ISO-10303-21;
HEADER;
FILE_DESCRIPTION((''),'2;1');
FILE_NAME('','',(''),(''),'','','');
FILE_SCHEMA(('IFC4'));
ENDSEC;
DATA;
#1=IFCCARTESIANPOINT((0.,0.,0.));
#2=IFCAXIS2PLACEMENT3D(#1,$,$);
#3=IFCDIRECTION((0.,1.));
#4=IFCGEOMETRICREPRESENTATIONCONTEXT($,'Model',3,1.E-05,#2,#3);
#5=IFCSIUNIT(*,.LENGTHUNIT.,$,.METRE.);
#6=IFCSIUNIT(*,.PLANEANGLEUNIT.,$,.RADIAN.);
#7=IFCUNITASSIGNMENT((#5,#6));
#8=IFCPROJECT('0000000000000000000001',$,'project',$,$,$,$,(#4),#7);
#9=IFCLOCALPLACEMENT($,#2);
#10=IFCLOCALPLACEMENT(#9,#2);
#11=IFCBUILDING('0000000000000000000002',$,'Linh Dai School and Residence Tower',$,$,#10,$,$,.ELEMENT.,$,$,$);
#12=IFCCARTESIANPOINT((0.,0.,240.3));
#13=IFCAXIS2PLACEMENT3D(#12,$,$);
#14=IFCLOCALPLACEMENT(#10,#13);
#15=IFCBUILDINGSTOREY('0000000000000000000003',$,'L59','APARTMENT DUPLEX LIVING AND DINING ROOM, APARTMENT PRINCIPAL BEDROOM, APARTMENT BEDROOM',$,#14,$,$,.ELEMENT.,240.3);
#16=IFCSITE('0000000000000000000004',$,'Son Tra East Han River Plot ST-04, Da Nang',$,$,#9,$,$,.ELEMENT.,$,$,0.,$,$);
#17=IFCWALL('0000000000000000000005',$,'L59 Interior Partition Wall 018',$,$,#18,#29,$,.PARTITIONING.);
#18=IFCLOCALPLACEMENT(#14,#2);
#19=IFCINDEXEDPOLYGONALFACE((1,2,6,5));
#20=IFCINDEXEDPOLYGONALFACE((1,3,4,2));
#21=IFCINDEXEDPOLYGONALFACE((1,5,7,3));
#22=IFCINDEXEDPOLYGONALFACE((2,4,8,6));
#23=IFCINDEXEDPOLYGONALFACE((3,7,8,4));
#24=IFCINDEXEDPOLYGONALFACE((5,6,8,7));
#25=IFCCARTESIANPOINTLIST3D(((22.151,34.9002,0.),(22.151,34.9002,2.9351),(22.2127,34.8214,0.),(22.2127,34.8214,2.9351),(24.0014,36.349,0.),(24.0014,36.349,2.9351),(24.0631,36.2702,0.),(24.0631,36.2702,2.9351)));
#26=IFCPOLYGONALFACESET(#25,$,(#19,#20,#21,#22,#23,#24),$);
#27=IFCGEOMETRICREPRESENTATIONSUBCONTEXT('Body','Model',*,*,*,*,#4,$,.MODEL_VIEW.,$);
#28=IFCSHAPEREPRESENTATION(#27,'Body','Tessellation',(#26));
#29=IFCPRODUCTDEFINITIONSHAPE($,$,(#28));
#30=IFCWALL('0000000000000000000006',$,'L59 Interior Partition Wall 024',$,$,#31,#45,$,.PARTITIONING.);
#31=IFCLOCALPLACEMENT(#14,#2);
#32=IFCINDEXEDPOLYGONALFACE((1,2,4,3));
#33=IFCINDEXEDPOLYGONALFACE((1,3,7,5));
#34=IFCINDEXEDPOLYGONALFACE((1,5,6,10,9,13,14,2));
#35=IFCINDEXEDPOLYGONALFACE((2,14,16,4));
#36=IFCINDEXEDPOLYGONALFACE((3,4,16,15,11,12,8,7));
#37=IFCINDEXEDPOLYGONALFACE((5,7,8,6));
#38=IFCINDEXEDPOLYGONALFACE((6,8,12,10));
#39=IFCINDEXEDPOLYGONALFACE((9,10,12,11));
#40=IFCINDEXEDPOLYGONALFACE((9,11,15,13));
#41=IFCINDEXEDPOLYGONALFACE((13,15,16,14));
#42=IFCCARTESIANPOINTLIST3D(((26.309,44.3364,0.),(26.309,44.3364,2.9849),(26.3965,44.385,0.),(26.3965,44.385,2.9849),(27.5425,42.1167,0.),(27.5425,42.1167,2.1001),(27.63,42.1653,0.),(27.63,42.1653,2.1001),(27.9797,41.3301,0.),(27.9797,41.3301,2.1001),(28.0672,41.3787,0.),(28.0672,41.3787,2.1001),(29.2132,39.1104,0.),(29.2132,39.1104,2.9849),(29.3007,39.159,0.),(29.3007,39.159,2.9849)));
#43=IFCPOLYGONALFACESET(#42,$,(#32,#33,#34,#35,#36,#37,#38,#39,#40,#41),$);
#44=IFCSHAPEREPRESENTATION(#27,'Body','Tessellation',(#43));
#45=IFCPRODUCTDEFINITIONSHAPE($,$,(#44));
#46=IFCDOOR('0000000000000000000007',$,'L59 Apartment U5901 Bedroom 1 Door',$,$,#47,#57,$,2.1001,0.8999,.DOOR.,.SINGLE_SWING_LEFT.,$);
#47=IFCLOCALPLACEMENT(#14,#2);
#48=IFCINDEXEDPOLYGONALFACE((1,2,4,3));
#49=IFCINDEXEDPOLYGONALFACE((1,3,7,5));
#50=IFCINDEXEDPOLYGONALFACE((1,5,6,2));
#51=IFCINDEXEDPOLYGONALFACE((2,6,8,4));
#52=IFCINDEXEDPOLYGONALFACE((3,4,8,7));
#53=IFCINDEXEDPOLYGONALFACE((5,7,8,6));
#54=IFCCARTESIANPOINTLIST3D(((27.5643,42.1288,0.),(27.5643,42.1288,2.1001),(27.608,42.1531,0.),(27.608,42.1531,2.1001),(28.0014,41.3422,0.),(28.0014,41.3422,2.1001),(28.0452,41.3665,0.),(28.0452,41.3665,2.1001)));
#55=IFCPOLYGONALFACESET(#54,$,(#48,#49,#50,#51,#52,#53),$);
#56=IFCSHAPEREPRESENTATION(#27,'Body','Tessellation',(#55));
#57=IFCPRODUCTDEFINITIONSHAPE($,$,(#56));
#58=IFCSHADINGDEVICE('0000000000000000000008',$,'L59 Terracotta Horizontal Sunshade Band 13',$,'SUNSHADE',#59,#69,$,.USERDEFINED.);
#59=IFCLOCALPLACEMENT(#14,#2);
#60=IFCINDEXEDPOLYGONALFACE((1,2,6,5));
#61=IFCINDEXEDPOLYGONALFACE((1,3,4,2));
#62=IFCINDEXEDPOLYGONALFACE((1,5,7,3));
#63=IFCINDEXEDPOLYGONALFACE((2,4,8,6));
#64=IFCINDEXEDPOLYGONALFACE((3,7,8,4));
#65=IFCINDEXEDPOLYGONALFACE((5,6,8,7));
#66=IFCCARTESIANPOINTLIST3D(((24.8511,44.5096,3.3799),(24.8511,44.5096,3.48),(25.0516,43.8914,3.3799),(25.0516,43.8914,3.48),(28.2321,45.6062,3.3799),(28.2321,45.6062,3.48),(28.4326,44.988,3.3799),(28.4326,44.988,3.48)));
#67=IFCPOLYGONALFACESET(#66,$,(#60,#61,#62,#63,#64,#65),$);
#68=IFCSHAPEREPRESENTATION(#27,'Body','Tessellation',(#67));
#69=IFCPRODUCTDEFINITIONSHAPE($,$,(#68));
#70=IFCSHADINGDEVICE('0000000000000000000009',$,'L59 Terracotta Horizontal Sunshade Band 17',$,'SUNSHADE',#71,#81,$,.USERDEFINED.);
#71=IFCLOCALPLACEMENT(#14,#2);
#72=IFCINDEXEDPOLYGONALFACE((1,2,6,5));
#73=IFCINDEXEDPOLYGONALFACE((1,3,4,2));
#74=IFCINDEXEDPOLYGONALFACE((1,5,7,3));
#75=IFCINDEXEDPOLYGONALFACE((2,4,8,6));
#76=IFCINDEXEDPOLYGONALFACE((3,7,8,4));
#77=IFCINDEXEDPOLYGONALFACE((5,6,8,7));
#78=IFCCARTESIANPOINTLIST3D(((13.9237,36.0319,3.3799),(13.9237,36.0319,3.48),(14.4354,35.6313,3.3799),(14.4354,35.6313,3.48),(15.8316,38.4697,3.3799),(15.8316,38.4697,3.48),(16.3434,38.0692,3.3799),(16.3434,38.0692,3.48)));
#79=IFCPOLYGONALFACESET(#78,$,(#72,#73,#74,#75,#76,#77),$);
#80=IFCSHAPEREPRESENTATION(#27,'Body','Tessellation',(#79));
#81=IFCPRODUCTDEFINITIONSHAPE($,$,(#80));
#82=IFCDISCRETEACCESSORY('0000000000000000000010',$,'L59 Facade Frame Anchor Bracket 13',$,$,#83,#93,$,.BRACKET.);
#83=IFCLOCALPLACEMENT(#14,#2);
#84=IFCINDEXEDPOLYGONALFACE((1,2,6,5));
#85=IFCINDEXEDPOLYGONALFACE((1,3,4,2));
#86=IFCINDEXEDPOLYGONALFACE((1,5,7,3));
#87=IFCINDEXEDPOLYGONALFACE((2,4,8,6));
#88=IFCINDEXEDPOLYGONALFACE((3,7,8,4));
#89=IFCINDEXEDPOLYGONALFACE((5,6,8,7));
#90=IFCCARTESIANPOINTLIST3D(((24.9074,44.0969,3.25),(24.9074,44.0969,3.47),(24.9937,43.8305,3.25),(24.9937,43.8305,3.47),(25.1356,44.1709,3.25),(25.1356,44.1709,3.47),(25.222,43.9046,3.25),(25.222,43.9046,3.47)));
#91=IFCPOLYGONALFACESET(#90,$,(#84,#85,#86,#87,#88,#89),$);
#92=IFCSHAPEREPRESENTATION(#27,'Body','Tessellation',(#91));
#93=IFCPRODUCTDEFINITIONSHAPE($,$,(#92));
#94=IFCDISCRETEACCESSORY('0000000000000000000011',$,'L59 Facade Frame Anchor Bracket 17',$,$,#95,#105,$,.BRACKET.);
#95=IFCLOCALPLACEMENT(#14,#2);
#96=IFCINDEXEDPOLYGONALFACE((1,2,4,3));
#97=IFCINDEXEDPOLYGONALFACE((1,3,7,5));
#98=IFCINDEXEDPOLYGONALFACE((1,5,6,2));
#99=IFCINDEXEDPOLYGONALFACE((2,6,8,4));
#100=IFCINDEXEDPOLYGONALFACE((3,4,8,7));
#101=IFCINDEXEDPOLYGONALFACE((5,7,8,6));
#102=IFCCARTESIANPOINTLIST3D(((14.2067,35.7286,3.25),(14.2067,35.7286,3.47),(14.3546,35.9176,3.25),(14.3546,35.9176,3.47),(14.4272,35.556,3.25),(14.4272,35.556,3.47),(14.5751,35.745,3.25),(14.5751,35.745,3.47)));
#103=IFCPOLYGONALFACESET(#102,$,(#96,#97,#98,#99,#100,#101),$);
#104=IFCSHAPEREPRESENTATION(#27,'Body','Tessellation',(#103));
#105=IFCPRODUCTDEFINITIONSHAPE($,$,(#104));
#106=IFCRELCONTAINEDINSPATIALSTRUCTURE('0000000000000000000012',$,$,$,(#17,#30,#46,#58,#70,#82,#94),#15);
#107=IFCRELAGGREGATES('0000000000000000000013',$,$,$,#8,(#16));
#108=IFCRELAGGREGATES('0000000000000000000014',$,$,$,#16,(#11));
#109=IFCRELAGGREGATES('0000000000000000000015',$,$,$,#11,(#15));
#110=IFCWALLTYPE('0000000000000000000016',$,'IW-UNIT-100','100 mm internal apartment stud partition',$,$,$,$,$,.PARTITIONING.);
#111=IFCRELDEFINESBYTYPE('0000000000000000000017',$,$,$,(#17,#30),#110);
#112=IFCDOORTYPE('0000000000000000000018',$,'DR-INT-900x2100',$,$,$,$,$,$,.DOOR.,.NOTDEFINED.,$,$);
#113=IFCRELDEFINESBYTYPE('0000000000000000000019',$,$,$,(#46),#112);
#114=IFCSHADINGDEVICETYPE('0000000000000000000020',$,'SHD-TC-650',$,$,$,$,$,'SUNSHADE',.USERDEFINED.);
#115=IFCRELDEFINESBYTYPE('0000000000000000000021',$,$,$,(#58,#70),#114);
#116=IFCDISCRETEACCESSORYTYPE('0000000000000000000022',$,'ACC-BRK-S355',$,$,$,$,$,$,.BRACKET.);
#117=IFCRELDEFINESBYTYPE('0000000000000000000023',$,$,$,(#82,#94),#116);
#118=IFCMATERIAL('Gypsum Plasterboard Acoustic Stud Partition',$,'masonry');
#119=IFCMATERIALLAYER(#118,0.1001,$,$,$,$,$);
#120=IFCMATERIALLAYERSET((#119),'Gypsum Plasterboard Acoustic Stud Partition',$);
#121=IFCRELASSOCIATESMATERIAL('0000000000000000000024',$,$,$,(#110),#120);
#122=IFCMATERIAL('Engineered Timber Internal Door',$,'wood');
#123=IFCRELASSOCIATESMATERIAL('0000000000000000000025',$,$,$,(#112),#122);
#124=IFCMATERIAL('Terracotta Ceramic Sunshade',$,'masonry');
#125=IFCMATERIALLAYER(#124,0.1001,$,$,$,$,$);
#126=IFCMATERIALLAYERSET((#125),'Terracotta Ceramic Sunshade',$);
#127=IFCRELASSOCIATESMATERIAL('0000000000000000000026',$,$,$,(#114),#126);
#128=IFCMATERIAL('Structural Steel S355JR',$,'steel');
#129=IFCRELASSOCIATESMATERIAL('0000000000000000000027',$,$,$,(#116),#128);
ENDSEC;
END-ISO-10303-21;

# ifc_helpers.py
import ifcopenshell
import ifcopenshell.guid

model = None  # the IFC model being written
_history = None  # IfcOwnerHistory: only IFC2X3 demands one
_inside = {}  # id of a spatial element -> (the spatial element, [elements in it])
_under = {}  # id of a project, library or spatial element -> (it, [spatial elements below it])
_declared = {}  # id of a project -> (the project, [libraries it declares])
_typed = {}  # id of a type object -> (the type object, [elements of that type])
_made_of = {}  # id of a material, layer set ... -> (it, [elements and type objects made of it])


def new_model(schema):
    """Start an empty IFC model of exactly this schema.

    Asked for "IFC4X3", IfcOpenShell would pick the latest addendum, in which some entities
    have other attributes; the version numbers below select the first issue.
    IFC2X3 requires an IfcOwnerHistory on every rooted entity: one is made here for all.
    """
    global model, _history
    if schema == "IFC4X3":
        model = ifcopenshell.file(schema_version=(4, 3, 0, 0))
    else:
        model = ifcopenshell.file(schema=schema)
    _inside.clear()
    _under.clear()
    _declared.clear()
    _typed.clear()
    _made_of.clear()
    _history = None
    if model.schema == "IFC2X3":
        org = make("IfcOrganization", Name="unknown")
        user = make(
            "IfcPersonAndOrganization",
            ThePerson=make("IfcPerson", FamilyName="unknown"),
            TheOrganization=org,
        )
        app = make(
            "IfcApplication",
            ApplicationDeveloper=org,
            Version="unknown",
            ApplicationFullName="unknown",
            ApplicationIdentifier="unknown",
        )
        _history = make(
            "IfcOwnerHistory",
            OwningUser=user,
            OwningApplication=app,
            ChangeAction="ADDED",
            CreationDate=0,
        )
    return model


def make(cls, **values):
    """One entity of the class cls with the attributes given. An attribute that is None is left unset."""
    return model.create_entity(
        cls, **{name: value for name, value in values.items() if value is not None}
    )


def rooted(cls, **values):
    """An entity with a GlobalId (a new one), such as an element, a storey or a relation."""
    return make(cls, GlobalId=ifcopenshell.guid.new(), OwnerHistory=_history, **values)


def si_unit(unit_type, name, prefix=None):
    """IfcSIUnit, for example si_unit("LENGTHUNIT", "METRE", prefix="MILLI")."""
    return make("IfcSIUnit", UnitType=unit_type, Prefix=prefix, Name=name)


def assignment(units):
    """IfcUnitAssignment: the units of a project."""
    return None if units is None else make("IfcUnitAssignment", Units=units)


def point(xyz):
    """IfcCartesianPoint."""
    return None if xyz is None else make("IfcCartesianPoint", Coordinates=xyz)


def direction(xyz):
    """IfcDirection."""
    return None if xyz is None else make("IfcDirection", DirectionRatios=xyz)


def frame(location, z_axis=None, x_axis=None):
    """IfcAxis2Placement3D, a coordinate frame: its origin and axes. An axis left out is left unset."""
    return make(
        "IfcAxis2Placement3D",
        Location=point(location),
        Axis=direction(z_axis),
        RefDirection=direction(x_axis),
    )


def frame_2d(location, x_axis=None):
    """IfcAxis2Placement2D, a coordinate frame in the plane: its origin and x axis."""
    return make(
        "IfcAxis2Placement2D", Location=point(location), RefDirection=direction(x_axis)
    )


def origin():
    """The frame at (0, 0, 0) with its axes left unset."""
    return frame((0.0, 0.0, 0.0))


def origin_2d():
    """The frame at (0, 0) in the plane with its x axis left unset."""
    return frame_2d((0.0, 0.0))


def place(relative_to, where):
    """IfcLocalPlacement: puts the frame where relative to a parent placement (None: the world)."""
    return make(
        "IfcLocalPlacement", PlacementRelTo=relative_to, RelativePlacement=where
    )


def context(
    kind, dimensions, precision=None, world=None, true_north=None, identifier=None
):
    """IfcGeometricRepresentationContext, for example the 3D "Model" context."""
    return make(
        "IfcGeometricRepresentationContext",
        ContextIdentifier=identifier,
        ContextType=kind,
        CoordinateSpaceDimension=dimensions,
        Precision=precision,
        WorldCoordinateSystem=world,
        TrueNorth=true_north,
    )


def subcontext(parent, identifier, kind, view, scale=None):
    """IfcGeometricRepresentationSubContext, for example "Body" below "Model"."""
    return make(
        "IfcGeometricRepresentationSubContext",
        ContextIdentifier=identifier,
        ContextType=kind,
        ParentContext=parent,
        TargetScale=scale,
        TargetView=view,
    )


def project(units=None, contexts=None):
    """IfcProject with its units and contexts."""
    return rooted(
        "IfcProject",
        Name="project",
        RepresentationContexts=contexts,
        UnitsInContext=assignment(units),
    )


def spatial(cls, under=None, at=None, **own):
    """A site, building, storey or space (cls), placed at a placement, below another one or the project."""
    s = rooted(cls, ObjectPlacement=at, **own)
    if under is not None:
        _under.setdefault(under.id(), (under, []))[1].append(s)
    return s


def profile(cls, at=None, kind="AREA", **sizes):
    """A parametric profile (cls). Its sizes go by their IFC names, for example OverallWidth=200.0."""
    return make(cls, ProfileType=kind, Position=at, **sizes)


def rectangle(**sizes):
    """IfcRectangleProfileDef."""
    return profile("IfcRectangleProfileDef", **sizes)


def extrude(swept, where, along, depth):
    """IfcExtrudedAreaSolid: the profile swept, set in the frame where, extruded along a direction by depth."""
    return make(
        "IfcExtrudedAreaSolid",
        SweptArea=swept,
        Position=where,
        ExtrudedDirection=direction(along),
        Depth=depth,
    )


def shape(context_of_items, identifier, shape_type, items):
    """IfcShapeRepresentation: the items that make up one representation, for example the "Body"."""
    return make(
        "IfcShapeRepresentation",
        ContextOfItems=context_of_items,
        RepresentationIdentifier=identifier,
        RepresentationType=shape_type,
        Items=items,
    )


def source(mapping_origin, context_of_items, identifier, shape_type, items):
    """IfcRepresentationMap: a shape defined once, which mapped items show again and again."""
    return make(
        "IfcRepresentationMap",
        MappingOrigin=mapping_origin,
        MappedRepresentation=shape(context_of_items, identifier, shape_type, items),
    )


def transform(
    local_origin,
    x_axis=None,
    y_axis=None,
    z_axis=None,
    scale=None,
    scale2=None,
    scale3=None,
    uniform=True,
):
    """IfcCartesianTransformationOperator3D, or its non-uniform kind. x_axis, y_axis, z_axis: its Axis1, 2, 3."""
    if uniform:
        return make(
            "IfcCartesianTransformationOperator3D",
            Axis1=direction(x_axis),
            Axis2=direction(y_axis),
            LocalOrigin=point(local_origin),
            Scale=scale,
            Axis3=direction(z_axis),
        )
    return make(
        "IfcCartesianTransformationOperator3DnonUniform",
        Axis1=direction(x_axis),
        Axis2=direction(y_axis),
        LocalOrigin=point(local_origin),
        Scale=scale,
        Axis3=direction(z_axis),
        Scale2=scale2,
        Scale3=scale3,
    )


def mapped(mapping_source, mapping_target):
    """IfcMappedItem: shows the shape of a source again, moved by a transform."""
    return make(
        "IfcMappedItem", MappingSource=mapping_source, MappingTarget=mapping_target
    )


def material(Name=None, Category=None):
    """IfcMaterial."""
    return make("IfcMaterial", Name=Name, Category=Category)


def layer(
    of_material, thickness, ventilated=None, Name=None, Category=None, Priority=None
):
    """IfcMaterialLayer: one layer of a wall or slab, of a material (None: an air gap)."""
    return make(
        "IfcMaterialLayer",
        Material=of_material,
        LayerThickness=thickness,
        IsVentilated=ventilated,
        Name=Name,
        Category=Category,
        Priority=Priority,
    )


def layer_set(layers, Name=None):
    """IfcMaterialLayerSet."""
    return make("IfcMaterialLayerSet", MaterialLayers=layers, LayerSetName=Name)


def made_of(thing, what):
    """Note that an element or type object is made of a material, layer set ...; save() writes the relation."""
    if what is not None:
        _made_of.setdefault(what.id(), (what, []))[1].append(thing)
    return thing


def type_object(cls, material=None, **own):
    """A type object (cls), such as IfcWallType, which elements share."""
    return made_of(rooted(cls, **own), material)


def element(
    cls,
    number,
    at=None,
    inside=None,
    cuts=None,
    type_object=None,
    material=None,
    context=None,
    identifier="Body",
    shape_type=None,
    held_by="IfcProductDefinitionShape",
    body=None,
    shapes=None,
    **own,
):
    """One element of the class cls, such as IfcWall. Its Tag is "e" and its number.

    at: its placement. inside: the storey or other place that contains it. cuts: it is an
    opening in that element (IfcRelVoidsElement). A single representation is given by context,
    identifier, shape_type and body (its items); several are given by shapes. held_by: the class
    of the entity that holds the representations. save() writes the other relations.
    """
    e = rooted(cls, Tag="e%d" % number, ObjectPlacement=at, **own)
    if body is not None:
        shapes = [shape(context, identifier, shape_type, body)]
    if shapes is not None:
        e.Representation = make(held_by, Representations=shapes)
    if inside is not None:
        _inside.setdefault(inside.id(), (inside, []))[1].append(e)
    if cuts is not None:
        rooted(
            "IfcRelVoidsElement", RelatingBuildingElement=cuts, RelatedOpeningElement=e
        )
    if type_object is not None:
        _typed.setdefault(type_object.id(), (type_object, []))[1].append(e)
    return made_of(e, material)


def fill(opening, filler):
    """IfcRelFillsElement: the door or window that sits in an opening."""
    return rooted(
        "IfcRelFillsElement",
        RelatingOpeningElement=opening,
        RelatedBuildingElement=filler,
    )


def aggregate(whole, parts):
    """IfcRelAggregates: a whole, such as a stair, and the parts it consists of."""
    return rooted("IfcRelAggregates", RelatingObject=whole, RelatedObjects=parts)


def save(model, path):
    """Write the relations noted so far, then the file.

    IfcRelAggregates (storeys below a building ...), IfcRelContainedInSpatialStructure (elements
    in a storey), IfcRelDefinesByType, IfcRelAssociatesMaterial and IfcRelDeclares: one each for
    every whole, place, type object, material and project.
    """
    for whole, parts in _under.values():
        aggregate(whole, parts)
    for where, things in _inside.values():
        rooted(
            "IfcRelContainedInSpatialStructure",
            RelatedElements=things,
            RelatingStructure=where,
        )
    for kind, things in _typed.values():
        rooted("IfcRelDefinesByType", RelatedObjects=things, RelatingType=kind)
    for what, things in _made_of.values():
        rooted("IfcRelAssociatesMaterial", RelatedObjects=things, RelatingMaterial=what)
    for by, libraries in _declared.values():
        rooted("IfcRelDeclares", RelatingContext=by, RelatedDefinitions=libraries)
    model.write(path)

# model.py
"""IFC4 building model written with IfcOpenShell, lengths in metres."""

from ifc_helpers import new_model, si_unit, direction, frame, frame_2d, origin, origin_2d, place, context, subcontext, project, spatial, rectangle, extrude, source, transform, mapped, material, layer, layer_set, type_object, element, fill, save


model = new_model("IFC4")

# Units and contexts
model_context = context("Model", 3, precision=1e-05, world=origin(), true_north=direction((0.0, 1.0)))
body_context = subcontext(model_context, "Body", "Model", "MODEL_VIEW")
ifc_project = project(units=[si_unit("LENGTHUNIT", "METRE"), si_unit("PLANEANGLEUNIT", "RADIAN")], contexts=[model_context])

# Site, building, storey
site_placement = place(None, origin())
site = spatial("IfcSite", under=ifc_project, at=site_placement, Name="Son Tra East Han River Plot ST-04, Da Nang", CompositionType="ELEMENT", RefElevation=0.0)
building_placement = place(site_placement, origin())
building = spatial("IfcBuilding", under=site, at=building_placement, Name="Linh Dai School and Residence Tower", CompositionType="ELEMENT")
storey_placement = place(building_placement, frame((0.0, 0.0, 240.3)))
storey = spatial("IfcBuildingStorey", under=building, at=storey_placement, Name="L59", Description="APARTMENT DUPLEX LIVING AND DINING ROOM, APARTMENT PRINCIPAL BEDROOM, APARTMENT BEDROOM", CompositionType="ELEMENT", Elevation=240.3)

# Shared definitions
ifc_material_1 = material(Name="Structural Steel S355JR", Category="steel")

# Wall
ifc_material_2 = material(Name="Gypsum Plasterboard Acoustic Stud Partition", Category="masonry")
ifc_layer_1 = layer(ifc_material_2, 0.1001)
ifc_layer_set_1 = layer_set([ifc_layer_1], Name="Gypsum Plasterboard Acoustic Stud Partition")
wall_type_1 = type_object("IfcWallType", Name="IW-UNIT-100", Description="100 mm internal apartment stud partition", PredefinedType="PARTITIONING", material=ifc_layer_set_1)
wall_1_placement = place(storey_placement, frame((22.1819, 34.8608, 0.0), z_axis=(0.0, 0.0, 1.0), x_axis=(0.787373, 0.616476, 0.0)))
element("IfcWall", 1, at=wall_1_placement, inside=storey, type_object=wall_type_1, Name="L59 Interior Partition Wall 018", PredefinedType="PARTITIONING", context=body_context, shape_type="SweptSolid", body=[
    extrude(rectangle(XDim=2.3501, YDim=0.1001, at=frame_2d((1.175, 0.0))), origin(), (0.0, 0.0, 1.0), 2.9351),
])

# Wall, opening, door
wall_2_placement = place(storey_placement, frame((26.3528, 44.3606, 0.0), z_axis=(0.0, 0.0, 1.0), x_axis=(0.485761, -0.874092, 0.0)))
wall_2 = element("IfcWall", 2, at=wall_2_placement, inside=storey, type_object=wall_type_1, Name="L59 Interior Partition Wall 024", PredefinedType="PARTITIONING", context=body_context, shape_type="SweptSolid", body=[
    extrude(rectangle(XDim=5.9788, YDim=0.1001, at=frame_2d((2.9893, 0.0))), origin(), (0.0, 0.0, 1.0), 2.9849),
])
opening_1_placement = place(wall_2_placement, frame((2.5393, 0.0, 0.0)))
opening_1 = element("IfcOpeningElement", 3, at=opening_1_placement, cuts=wall_2, PredefinedType="OPENING", context=body_context, shape_type="SweptSolid", body=[
    extrude(rectangle(XDim=0.8999, YDim=2.1001, at=origin_2d()), frame((0.45, 0.0601, 1.05), z_axis=(0.0, -1.0, 0.0), x_axis=(1.0, 0.0, 0.0)), (0.0, 0.0, 1.0), 0.1201),
])
ifc_material_3 = material(Name="Engineered Timber Internal Door", Category="wood")
door_type_1 = type_object("IfcDoorType", Name="DR-INT-900x2100", OperationType="NOTDEFINED", PredefinedType="DOOR", material=ifc_material_3)
shared_shape_1 = source(origin(), body_context, "Body", "SweptSolid", [
    extrude(rectangle(XDim=0.8999, YDim=2.1001, at=origin_2d()), frame((0.45, 0.0249, 1.05), z_axis=(0.0, -1.0, 0.0), x_axis=(1.0, 0.0, 0.0)), (0.0, 0.0, 1.0), 0.05),
])
door_1_placement = place(opening_1_placement, origin())
door_1 = element("IfcDoor", 4, at=door_1_placement, inside=storey, type_object=door_type_1, Name="L59 Apartment U5901 Bedroom 1 Door", OperationType="SINGLE_SWING_LEFT", OverallHeight=2.1001, OverallWidth=0.8999, PredefinedType="DOOR", context=body_context, shape_type="MappedRepresentation", body=[
    mapped(shared_shape_1, transform((0.0, 0.0, 0.0), x_axis=(1.0, 0.0, 0.0), y_axis=(0.0, 1.0, 0.0), z_axis=(0.0, 0.0, 1.0), scale=1.0)),
])
fill(opening_1, door_1)

# Shading devices
ifc_material_4 = material(Name="Terracotta Ceramic Sunshade", Category="masonry")
ifc_layer_2 = layer(ifc_material_4, 0.1001)
ifc_layer_set_2 = layer_set([ifc_layer_2], Name="Terracotta Ceramic Sunshade")
shading_device_type = type_object("IfcShadingDeviceType", Name="SHD-TC-650", ElementType="SUNSHADE", PredefinedType="USERDEFINED", material=ifc_layer_set_2)
shared_shape_2 = source(origin(), body_context, "Body", "SweptSolid", [
    extrude(rectangle(XDim=3.5544, YDim=0.6499, at=origin_2d()), origin(), (0.0, 0.0, 1.0), 0.1001),
])
shading_device_1_placement = place(storey_placement, frame((26.6418, 44.7488, 3.3799), z_axis=(0.0, 0.0, 1.0), x_axis=(0.951224, 0.308501, 0.0)))
element("IfcShadingDevice", 5, at=shading_device_1_placement, inside=storey, type_object=shading_device_type, Name="L59 Terracotta Horizontal Sunshade Band 13", ObjectType="SUNSHADE", PredefinedType="USERDEFINED", context=body_context, shape_type="MappedRepresentation", body=[
    mapped(shared_shape_2, transform((0.0, 0.0, 0.0), x_axis=(1.0, 0.0, 0.0), y_axis=(0.0, 1.0, 0.0), z_axis=(0.0, 0.0, 1.0), scale=1.0)),
])
shared_shape_3 = source(origin(), body_context, "Body", "SweptSolid", [
    extrude(rectangle(XDim=3.0957, YDim=0.6499, at=origin_2d()), origin(), (0.0, 0.0, 1.0), 0.1001),
])
shading_device_2_placement = place(storey_placement, frame((15.1335, 37.0505, 3.3799), z_axis=(0.0, 0.0, 1.0), x_axis=(0.616332, 0.787487, 0.0)))
element("IfcShadingDevice", 6, at=shading_device_2_placement, inside=storey, type_object=shading_device_type, Name="L59 Terracotta Horizontal Sunshade Band 17", ObjectType="SUNSHADE", PredefinedType="USERDEFINED", context=body_context, shape_type="MappedRepresentation", body=[
    mapped(shared_shape_3, transform((0.0, 0.0, 0.0), x_axis=(1.0, 0.0, 0.0), y_axis=(0.0, 1.0, 0.0), z_axis=(0.0, 0.0, 1.0), scale=1.0)),
])

# Discrete accessories
discrete_accessory_type = type_object("IfcDiscreteAccessoryType", Name="ACC-BRK-S355", PredefinedType="BRACKET", material=ifc_material_1)
shared_shape_4 = source(origin(), body_context, "Body", "SweptSolid", [
    extrude(rectangle(XDim=0.28, YDim=0.24, at=origin_2d()), origin(), (0.0, 0.0, 1.0), 0.22),
])
for number, where, z_axis, x_axis, name in (
    (7, (25.0647, 44.0007, 3.25), (0.0, 0.0, 1.0), (-0.308501, 0.951224, 0.0), "L59 Facade Frame Anchor Bracket 13"),
    (8, (14.3909, 35.7368, 3.25), (0.0, 0.0, 1.0), (-0.787487, 0.616332, 0.0), "L59 Facade Frame Anchor Bracket 17"),
):
    element("IfcDiscreteAccessory", number, at=place(storey_placement, frame(where, z_axis=z_axis, x_axis=x_axis)), inside=storey, type_object=discrete_accessory_type, Name=name, PredefinedType="BRACKET", context=body_context, shape_type="MappedRepresentation", body=[
        mapped(shared_shape_4, transform((0.0, 0.0, 0.0), x_axis=(1.0, 0.0, 0.0), y_axis=(0.0, 1.0, 0.0), z_axis=(0.0, 0.0, 1.0), scale=1.0)),
    ])

save(model, "model.ifc")
